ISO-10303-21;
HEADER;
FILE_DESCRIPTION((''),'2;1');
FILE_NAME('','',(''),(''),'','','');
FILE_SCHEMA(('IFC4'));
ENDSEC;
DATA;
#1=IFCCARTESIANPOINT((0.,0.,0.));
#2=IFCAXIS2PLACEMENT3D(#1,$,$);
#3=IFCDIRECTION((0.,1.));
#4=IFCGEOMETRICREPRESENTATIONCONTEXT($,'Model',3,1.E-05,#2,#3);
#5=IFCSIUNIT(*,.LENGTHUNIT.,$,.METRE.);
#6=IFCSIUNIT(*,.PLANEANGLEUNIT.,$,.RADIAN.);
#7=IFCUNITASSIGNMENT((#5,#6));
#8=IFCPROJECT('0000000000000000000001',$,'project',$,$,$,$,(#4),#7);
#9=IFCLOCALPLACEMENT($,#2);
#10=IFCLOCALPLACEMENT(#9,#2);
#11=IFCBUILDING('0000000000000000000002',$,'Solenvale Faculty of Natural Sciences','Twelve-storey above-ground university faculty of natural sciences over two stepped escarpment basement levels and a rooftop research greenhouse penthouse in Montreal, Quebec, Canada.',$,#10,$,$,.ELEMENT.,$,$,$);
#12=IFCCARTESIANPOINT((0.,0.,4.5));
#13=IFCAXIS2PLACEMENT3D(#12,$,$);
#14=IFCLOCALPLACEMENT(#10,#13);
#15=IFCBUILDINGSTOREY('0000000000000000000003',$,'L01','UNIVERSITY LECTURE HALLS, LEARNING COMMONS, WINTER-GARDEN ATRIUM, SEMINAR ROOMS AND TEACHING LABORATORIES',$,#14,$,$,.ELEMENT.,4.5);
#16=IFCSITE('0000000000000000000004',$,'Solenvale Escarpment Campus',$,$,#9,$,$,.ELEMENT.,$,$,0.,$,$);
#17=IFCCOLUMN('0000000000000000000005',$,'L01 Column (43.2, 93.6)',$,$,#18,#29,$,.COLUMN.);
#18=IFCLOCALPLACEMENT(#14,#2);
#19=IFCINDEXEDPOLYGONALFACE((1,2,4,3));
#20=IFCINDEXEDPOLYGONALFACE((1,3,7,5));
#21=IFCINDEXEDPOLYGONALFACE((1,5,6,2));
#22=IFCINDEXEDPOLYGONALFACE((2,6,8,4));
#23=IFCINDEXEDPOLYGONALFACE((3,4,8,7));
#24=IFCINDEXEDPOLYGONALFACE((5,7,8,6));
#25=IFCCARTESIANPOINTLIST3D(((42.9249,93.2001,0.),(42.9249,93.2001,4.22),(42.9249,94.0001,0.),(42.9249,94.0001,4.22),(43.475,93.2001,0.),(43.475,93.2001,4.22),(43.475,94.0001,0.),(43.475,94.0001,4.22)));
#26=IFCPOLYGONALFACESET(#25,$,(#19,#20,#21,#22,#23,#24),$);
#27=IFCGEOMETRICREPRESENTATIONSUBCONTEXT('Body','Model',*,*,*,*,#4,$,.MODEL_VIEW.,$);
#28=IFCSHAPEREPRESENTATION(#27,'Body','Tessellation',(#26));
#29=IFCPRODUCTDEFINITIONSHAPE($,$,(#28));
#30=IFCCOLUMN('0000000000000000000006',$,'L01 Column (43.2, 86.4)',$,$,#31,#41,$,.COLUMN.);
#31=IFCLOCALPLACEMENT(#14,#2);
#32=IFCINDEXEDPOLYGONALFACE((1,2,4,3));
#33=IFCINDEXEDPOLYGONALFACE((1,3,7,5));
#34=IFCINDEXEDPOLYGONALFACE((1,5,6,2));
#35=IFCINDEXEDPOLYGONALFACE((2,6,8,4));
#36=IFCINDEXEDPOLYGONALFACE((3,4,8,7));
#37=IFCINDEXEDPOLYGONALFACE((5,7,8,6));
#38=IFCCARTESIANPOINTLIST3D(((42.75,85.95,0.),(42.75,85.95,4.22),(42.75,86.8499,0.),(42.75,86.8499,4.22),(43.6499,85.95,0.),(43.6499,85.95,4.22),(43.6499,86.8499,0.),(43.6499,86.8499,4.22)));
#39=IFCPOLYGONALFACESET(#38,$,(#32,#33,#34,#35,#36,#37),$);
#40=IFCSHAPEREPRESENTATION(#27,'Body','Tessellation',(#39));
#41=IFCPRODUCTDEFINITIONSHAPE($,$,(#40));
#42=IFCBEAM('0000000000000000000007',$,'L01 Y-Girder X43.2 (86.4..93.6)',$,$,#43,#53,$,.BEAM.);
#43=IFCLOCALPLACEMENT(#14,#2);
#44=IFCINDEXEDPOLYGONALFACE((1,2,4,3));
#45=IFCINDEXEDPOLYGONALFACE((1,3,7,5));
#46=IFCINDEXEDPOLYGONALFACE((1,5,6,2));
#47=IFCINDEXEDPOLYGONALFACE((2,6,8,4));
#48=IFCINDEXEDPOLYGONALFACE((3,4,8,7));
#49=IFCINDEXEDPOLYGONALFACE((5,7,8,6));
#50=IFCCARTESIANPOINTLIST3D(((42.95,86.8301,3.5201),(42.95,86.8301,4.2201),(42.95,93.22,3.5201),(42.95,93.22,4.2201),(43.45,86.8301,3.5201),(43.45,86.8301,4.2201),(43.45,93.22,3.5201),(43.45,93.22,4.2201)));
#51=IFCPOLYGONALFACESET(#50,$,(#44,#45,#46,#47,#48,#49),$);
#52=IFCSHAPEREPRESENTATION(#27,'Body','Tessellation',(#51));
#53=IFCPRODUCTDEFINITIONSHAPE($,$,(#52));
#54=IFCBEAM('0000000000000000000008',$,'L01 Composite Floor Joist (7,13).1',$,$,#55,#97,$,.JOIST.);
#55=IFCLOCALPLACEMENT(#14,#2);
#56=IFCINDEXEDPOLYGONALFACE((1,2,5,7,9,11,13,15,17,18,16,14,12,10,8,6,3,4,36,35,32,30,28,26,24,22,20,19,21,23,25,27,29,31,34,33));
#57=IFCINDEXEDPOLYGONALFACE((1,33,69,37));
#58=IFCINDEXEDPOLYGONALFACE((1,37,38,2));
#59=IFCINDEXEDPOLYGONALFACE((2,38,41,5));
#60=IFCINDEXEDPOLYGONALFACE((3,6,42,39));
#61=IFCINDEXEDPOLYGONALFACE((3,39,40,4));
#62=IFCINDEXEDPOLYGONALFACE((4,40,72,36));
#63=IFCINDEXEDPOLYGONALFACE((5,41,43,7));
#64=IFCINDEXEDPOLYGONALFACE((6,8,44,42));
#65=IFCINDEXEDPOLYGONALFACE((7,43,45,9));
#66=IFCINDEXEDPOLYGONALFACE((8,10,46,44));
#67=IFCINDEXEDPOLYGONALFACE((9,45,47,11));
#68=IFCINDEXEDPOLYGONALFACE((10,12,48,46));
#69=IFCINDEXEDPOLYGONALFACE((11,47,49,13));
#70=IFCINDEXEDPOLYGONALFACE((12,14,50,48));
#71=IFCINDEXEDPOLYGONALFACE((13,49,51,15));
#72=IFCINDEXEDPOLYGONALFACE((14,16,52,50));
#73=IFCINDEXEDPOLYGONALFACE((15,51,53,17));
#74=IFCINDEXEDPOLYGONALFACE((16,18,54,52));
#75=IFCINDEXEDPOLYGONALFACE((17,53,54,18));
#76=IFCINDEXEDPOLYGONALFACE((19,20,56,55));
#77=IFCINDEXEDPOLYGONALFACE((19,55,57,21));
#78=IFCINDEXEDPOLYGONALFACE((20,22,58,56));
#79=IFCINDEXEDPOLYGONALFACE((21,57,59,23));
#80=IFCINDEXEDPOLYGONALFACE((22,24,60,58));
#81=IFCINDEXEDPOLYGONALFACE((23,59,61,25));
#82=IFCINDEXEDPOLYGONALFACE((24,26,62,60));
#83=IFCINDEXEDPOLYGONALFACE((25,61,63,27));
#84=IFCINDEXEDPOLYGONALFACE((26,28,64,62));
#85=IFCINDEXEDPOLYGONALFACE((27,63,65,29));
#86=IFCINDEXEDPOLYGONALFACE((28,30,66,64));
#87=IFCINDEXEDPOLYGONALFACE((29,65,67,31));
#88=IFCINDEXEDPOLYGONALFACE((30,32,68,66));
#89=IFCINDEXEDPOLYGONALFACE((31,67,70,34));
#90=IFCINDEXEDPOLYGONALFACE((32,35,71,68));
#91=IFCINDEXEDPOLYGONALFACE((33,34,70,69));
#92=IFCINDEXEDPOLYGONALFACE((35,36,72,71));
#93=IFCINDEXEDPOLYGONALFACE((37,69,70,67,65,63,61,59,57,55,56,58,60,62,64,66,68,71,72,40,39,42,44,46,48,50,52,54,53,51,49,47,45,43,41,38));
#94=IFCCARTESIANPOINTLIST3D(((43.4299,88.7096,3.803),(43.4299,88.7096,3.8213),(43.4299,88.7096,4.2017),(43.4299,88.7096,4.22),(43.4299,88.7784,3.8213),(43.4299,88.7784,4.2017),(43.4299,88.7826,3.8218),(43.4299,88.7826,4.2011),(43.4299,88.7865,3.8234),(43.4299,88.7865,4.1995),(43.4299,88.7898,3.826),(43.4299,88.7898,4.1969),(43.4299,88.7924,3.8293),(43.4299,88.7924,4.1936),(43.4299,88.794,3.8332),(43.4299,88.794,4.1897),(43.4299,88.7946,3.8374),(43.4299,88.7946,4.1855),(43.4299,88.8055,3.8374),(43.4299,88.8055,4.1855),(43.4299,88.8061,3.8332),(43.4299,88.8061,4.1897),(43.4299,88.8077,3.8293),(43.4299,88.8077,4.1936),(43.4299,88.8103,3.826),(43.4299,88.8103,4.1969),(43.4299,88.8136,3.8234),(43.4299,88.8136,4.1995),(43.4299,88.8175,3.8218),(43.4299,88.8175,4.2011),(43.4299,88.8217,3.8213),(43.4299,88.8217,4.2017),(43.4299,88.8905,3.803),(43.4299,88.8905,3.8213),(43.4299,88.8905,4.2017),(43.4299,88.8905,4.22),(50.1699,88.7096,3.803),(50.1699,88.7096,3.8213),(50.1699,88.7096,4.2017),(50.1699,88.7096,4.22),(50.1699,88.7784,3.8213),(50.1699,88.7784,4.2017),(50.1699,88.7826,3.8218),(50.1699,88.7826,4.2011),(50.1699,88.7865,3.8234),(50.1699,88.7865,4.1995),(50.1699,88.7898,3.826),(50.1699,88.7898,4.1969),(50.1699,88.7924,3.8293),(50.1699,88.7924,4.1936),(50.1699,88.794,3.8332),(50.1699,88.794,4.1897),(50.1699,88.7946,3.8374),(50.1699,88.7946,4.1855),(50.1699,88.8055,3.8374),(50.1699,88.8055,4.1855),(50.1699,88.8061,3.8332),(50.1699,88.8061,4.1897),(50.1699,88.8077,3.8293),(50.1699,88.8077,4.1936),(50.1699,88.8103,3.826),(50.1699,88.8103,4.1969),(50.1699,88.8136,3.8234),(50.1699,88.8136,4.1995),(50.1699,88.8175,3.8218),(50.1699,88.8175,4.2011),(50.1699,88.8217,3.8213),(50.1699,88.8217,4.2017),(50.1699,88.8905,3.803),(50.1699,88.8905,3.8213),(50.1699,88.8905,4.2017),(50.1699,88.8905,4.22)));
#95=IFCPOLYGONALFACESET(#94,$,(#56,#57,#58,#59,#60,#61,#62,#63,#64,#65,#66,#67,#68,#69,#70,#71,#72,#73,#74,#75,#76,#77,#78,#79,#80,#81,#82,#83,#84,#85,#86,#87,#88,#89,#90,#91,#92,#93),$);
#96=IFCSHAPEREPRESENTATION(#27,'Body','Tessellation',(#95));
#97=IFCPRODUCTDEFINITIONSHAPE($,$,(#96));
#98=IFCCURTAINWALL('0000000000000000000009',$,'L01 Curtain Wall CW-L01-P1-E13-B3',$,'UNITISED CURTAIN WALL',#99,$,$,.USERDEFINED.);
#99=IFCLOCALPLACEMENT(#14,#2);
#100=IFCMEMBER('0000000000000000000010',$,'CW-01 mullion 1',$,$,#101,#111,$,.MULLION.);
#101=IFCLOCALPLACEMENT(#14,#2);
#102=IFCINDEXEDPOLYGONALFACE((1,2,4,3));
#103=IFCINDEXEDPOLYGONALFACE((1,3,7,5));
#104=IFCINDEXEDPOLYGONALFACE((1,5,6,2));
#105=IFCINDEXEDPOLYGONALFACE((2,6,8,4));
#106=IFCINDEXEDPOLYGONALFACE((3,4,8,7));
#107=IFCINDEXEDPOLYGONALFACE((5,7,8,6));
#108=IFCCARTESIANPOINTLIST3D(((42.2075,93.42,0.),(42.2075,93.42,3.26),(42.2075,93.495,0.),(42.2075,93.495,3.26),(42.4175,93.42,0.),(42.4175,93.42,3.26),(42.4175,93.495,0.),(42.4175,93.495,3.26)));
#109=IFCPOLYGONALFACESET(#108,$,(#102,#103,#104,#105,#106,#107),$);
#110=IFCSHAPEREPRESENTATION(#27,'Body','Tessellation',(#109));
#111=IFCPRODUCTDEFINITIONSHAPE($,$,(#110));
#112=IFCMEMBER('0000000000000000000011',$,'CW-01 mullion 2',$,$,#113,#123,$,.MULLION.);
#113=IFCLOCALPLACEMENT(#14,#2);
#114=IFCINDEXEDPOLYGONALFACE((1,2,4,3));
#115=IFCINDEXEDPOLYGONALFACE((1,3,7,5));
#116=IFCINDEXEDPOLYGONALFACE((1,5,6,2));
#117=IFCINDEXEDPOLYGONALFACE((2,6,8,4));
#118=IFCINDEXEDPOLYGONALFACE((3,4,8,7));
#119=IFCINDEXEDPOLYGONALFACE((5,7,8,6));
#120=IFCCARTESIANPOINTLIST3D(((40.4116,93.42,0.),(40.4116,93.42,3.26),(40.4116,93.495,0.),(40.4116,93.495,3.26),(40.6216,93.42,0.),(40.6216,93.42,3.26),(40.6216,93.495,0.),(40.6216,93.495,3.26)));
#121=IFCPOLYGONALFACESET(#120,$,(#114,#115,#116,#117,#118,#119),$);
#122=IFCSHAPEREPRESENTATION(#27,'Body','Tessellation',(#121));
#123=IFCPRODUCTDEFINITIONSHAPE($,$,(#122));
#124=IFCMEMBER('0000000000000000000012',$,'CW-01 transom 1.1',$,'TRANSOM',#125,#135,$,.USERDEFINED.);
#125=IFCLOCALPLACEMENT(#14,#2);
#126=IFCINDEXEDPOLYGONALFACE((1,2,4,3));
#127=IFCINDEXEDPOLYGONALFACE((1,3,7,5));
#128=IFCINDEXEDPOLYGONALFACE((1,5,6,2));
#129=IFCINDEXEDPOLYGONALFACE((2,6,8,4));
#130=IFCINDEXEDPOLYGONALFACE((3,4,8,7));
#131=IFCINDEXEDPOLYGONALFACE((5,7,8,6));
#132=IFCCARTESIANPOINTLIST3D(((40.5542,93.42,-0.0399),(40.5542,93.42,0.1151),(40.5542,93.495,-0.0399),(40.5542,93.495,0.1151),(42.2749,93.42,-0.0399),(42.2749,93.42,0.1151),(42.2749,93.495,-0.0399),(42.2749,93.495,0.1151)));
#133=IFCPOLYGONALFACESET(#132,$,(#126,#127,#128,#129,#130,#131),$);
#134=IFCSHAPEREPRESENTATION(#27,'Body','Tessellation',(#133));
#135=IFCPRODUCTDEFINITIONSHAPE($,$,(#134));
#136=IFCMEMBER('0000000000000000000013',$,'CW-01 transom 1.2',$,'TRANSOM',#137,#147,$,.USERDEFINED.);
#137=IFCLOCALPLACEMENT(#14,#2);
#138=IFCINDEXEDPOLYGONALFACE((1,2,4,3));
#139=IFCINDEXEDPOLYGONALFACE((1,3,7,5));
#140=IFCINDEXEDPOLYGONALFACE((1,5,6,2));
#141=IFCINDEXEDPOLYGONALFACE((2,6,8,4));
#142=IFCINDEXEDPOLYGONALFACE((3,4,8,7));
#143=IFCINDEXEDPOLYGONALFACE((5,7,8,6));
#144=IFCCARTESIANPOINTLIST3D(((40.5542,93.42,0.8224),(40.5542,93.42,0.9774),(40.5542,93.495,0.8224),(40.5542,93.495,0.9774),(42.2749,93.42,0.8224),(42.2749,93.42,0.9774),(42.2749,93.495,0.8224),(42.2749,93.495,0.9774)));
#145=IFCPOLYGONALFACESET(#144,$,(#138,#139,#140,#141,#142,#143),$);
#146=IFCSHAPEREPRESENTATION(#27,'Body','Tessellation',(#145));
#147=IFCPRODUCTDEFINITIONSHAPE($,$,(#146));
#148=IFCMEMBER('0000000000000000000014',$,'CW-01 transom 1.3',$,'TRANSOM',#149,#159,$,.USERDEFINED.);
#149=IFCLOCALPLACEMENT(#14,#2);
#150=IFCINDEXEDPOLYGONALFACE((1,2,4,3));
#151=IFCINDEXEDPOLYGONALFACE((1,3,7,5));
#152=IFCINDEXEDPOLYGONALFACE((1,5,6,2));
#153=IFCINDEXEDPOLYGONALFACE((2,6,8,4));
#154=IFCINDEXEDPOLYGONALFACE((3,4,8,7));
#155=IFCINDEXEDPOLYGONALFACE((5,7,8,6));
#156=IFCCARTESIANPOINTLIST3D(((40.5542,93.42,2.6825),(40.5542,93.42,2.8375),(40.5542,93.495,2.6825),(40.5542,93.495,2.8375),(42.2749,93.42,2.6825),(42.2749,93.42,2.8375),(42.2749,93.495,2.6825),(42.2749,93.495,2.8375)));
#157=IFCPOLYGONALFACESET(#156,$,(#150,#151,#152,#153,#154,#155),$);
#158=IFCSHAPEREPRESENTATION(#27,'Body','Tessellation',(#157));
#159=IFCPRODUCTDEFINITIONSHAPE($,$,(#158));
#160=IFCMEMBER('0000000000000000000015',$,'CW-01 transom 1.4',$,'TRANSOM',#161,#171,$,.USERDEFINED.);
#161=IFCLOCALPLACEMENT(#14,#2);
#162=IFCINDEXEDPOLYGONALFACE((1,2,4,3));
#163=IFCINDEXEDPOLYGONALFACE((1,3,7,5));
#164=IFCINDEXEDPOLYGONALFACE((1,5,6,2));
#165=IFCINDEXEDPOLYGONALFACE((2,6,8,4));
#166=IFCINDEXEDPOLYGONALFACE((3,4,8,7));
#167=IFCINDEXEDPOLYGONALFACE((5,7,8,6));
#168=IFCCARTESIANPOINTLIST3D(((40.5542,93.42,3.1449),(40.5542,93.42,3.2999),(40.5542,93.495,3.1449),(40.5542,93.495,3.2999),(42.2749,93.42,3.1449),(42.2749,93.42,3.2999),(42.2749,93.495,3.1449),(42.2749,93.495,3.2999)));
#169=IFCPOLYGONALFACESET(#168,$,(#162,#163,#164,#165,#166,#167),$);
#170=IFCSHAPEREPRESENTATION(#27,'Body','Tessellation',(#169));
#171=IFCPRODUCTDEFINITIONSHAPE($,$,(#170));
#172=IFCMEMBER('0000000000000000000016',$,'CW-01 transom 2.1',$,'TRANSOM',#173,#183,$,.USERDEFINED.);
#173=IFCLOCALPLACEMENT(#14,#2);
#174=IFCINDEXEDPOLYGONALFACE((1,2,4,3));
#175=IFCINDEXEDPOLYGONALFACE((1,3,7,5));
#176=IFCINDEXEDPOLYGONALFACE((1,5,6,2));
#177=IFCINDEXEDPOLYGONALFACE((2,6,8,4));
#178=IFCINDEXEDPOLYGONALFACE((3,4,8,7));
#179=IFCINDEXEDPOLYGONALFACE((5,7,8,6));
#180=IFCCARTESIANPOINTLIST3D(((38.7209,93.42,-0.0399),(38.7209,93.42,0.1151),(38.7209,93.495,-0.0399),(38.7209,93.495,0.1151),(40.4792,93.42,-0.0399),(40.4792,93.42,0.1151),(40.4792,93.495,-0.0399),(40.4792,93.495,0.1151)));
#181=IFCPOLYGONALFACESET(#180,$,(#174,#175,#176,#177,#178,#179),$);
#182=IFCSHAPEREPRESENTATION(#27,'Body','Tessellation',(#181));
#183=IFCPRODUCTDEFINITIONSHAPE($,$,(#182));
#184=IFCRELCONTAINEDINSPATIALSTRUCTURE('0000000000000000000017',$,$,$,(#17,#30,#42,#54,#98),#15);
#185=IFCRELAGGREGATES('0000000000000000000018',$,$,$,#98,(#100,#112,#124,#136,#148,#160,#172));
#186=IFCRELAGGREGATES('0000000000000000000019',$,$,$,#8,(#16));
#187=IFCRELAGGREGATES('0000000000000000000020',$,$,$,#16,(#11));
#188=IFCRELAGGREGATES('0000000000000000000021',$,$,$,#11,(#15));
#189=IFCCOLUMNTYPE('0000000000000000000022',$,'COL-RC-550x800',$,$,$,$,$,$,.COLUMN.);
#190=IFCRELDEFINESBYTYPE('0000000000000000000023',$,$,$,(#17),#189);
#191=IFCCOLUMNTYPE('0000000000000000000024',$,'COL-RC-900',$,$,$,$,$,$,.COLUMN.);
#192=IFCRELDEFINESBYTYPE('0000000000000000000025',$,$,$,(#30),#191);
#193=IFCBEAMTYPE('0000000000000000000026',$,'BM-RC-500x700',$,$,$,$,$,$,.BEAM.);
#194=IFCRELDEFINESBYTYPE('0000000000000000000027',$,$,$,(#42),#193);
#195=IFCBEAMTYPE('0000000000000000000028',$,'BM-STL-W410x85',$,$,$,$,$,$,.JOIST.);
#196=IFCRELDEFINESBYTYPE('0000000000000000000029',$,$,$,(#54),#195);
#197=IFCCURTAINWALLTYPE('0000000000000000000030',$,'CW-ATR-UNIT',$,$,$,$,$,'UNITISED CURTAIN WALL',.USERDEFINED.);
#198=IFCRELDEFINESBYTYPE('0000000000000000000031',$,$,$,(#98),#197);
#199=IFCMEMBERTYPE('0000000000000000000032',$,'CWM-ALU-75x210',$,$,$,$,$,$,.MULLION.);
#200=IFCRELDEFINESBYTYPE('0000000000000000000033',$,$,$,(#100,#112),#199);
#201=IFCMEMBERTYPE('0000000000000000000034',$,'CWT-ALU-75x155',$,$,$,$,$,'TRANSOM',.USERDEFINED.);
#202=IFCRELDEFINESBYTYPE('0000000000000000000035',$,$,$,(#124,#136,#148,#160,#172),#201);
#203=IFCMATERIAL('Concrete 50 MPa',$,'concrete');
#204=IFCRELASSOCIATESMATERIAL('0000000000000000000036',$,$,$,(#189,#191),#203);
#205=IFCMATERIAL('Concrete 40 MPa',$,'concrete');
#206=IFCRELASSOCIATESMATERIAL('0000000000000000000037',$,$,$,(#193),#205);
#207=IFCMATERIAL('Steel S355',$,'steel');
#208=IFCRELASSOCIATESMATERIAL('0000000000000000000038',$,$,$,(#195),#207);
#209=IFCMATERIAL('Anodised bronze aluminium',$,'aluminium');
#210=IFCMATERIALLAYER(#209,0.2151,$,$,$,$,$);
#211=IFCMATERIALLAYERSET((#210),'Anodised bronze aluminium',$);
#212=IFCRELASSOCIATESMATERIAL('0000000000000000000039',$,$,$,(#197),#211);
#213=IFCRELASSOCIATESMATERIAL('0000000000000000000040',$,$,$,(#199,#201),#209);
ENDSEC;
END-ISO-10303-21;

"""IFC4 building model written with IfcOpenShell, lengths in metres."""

from ifc_helpers import new_model, si_unit, direction, frame, origin, origin_2d, place, context, subcontext, project, spatial, rectangle, i_section, extrude, material, layer, layer_set, material_profile, profile_set, type_object, element, aggregate, save


model = new_model("IFC4")

# Units and contexts
model_context = context("Model", 3, precision=1e-05, world=origin(), true_north=direction((0.0, 1.0)))
body_context = subcontext(model_context, "Body", "Model", "MODEL_VIEW")
ifc_project = project(units=[si_unit("LENGTHUNIT", "METRE"), si_unit("PLANEANGLEUNIT", "RADIAN")], contexts=[model_context])

# Site, building, storey
site_placement = place(None, origin())
site = spatial("IfcSite", under=ifc_project, at=site_placement, Name="Solenvale Escarpment Campus", CompositionType="ELEMENT", RefElevation=0.0)
building_placement = place(site_placement, origin())
building = spatial("IfcBuilding", under=site, at=building_placement, Name="Solenvale Faculty of Natural Sciences", Description="Twelve-storey above-ground university faculty of natural sciences over two stepped escarpment basement levels and a rooftop research greenhouse penthouse in Montreal, Quebec, Canada.", CompositionType="ELEMENT")
storey_placement = place(building_placement, frame((0.0, 0.0, 4.5)))
storey = spatial("IfcBuildingStorey", under=building, at=storey_placement, Name="L01", Description="UNIVERSITY LECTURE HALLS, LEARNING COMMONS, WINTER-GARDEN ATRIUM, SEMINAR ROOMS AND TEACHING LABORATORIES", CompositionType="ELEMENT", Elevation=4.5)

# Columns
ifc_material_1 = material(Name="Concrete 50 MPa", Category="concrete")
ifc_material_profile_1 = material_profile(ifc_material_1, rectangle(XDim=0.55, YDim=0.8, at=origin_2d()), Name="RC-COL-550x800")
ifc_profile_set_1 = profile_set([ifc_material_profile_1], Name="Concrete 50 MPa")
column_type_1 = type_object("IfcColumnType", Name="COL-RC-550x800", PredefinedType="COLUMN", material=ifc_profile_set_1)
column_1_placement = place(storey_placement, frame((43.2, 93.6001, 0.0), z_axis=(0.0, 0.0, 1.0), x_axis=(1.0, 0.0, 0.0)))
element("IfcColumn", 1, at=column_1_placement, inside=storey, type_object=column_type_1, Name="L01 Column (43.2, 93.6)", PredefinedType="COLUMN", context=body_context, shape_type="SweptSolid", body=[
    extrude(rectangle(XDim=0.55, YDim=0.8, at=origin_2d()), origin(), (0.0, 0.0, 1.0), 4.22),
])
ifc_material_profile_2 = material_profile(ifc_material_1, rectangle(XDim=0.8999, YDim=0.8999, at=origin_2d()), Name="RC-COL-900x900")
ifc_profile_set_2 = profile_set([ifc_material_profile_2], Name="Concrete 50 MPa")
column_type_2 = type_object("IfcColumnType", Name="COL-RC-900", PredefinedType="COLUMN", material=ifc_profile_set_2)
column_2_placement = place(storey_placement, frame((43.2, 86.3999, 0.0), z_axis=(0.0, 0.0, 1.0), x_axis=(1.0, 0.0, 0.0)))
element("IfcColumn", 2, at=column_2_placement, inside=storey, type_object=column_type_2, Name="L01 Column (43.2, 86.4)", PredefinedType="COLUMN", context=body_context, shape_type="SweptSolid", body=[
    extrude(rectangle(XDim=0.8999, YDim=0.8999, at=origin_2d()), origin(), (0.0, 0.0, 1.0), 4.22),
])

# Beams
ifc_material_2 = material(Name="Concrete 40 MPa", Category="concrete")
ifc_material_profile_3 = material_profile(ifc_material_2, rectangle(XDim=0.5, YDim=0.7, at=origin_2d()), Name="RC-BM-500x700")
ifc_profile_set_3 = profile_set([ifc_material_profile_3], Name="Concrete 40 MPa")
beam_type_1 = type_object("IfcBeamType", Name="BM-RC-500x700", PredefinedType="BEAM", material=ifc_profile_set_3)
beam_1_placement = place(storey_placement, frame((43.2, 86.8301, 3.8701), z_axis=(0.0, 1.0, 0.0), x_axis=(-1.0, 0.0, 0.0)))
element("IfcBeam", 3, at=beam_1_placement, inside=storey, type_object=beam_type_1, Name="L01 Y-Girder X43.2 (86.4..93.6)", PredefinedType="BEAM", context=body_context, shape_type="SweptSolid", body=[
    extrude(rectangle(XDim=0.5, YDim=0.7, at=origin_2d()), origin(), (0.0, 0.0, 1.0), 6.3899),
])
ifc_material_3 = material(Name="Steel S355", Category="steel")
ifc_material_profile_4 = material_profile(ifc_material_3, i_section(OverallWidth=0.1809, OverallDepth=0.417, WebThickness=0.011, FlangeThickness=0.0183, FilletRadius=0.0161, at=origin_2d()), Name="W410x85")
ifc_profile_set_4 = profile_set([ifc_material_profile_4], Name="Steel S355")
beam_type_2 = type_object("IfcBeamType", Name="BM-STL-W410x85", PredefinedType="JOIST", material=ifc_profile_set_4)
beam_2_placement = place(storey_placement, frame((43.4299, 88.8, 4.0115), z_axis=(1.0, 0.0, 0.0), x_axis=(0.0, 1.0, 0.0)))
element("IfcBeam", 4, at=beam_2_placement, inside=storey, type_object=beam_type_2, Name="L01 Composite Floor Joist (7,13).1", PredefinedType="JOIST", context=body_context, shape_type="SweptSolid", body=[
    extrude(i_section(OverallWidth=0.1809, OverallDepth=0.417, WebThickness=0.011, FlangeThickness=0.0183, FilletRadius=0.0161, at=origin_2d()), origin(), (0.0, 0.0, 1.0), 6.74),
])

# Curtain wall, members
ifc_material_4 = material(Name="Anodised bronze aluminium", Category="aluminium")
ifc_layer_1 = layer(ifc_material_4, 0.2151)
ifc_layer_set_1 = layer_set([ifc_layer_1], Name="Anodised bronze aluminium")
curtain_wall_type = type_object("IfcCurtainWallType", Name="CW-ATR-UNIT", ElementType="UNITISED CURTAIN WALL", PredefinedType="USERDEFINED", material=ifc_layer_set_1)
curtain_wall_placement = place(storey_placement, origin())
curtain_wall = element("IfcCurtainWall", 5, at=curtain_wall_placement, inside=storey, type_object=curtain_wall_type, Name="L01 Curtain Wall CW-L01-P1-E13-B3", ObjectType="UNITISED CURTAIN WALL", PredefinedType="USERDEFINED")
ifc_material_profile_5 = material_profile(ifc_material_4, rectangle(XDim=0.075, YDim=0.21, at=origin_2d()), Name="ALU-MUL-75x210")
ifc_profile_set_5 = profile_set([ifc_material_profile_5], Name="Anodised bronze aluminium")
member_type_1 = type_object("IfcMemberType", Name="CWM-ALU-75x210", PredefinedType="MULLION", material=ifc_profile_set_5)
member_1_placement = place(storey_placement, frame((42.3125, 93.4575, 0.0), z_axis=(0.0, 0.0, 1.0), x_axis=(0.0, -1.0, 0.0)))
member_1 = element("IfcMember", 6, at=member_1_placement, type_object=member_type_1, Name="CW-01 mullion 1", PredefinedType="MULLION", context=body_context, shape_type="SweptSolid", body=[
    extrude(rectangle(XDim=0.075, YDim=0.21, at=origin_2d()), origin(), (0.0, 0.0, 1.0), 3.26),
])
member_2_placement = place(storey_placement, frame((40.5166, 93.4575, 0.0), z_axis=(0.0, 0.0, 1.0), x_axis=(0.0, -1.0, 0.0)))
member_2 = element("IfcMember", 7, at=member_2_placement, type_object=member_type_1, Name="CW-01 mullion 2", PredefinedType="MULLION", context=body_context, shape_type="SweptSolid", body=[
    extrude(rectangle(XDim=0.075, YDim=0.21, at=origin_2d()), origin(), (0.0, 0.0, 1.0), 3.26),
])
ifc_material_profile_6 = material_profile(ifc_material_4, rectangle(XDim=0.075, YDim=0.155, at=origin_2d()), Name="ALU-TRN-75x155")
ifc_profile_set_6 = profile_set([ifc_material_profile_6], Name="Anodised bronze aluminium")
member_type_2 = type_object("IfcMemberType", Name="CWT-ALU-75x155", ElementType="TRANSOM", PredefinedType="USERDEFINED", material=ifc_profile_set_6)
member_3_placement = place(storey_placement, frame((42.2749, 93.4575, 0.0376), z_axis=(-1.0, 0.0, 0.0), x_axis=(0.0, -1.0, 0.0)))
member_3 = element("IfcMember", 8, at=member_3_placement, type_object=member_type_2, Name="CW-01 transom 1.1", ObjectType="TRANSOM", PredefinedType="USERDEFINED", context=body_context, shape_type="SweptSolid", body=[
    extrude(rectangle(XDim=0.075, YDim=0.155, at=origin_2d()), origin(), (0.0, 0.0, 1.0), 1.7207),
])
member_4_placement = place(storey_placement, frame((42.2749, 93.4575, 0.8999), z_axis=(-1.0, 0.0, 0.0), x_axis=(0.0, -1.0, 0.0)))
member_4 = element("IfcMember", 9, at=member_4_placement, type_object=member_type_2, Name="CW-01 transom 1.2", ObjectType="TRANSOM", PredefinedType="USERDEFINED", context=body_context, shape_type="SweptSolid", body=[
    extrude(rectangle(XDim=0.075, YDim=0.155, at=origin_2d()), origin(), (0.0, 0.0, 1.0), 1.7207),
])
member_5_placement = place(storey_placement, frame((42.2749, 93.4575, 2.76), z_axis=(-1.0, 0.0, 0.0), x_axis=(0.0, -1.0, 0.0)))
member_5 = element("IfcMember", 10, at=member_5_placement, type_object=member_type_2, Name="CW-01 transom 1.3", ObjectType="TRANSOM", PredefinedType="USERDEFINED", context=body_context, shape_type="SweptSolid", body=[
    extrude(rectangle(XDim=0.075, YDim=0.155, at=origin_2d()), origin(), (0.0, 0.0, 1.0), 1.7207),
])
member_6_placement = place(storey_placement, frame((42.2749, 93.4575, 3.2224), z_axis=(-1.0, 0.0, 0.0), x_axis=(0.0, -1.0, 0.0)))
member_6 = element("IfcMember", 11, at=member_6_placement, type_object=member_type_2, Name="CW-01 transom 1.4", ObjectType="TRANSOM", PredefinedType="USERDEFINED", context=body_context, shape_type="SweptSolid", body=[
    extrude(rectangle(XDim=0.075, YDim=0.155, at=origin_2d()), origin(), (0.0, 0.0, 1.0), 1.7207),
])
member_7_placement = place(storey_placement, frame((40.4792, 93.4575, 0.0376), z_axis=(-1.0, 0.0, 0.0), x_axis=(0.0, -1.0, 0.0)))
member_7 = element("IfcMember", 12, at=member_7_placement, type_object=member_type_2, Name="CW-01 transom 2.1", ObjectType="TRANSOM", PredefinedType="USERDEFINED", context=body_context, shape_type="SweptSolid", body=[
    extrude(rectangle(XDim=0.075, YDim=0.155, at=origin_2d()), origin(), (0.0, 0.0, 1.0), 1.7583),
])
aggregate(curtain_wall, [member_1, member_2, member_3, member_4, member_5, member_6, member_7])

save(model, "model.ifc")
